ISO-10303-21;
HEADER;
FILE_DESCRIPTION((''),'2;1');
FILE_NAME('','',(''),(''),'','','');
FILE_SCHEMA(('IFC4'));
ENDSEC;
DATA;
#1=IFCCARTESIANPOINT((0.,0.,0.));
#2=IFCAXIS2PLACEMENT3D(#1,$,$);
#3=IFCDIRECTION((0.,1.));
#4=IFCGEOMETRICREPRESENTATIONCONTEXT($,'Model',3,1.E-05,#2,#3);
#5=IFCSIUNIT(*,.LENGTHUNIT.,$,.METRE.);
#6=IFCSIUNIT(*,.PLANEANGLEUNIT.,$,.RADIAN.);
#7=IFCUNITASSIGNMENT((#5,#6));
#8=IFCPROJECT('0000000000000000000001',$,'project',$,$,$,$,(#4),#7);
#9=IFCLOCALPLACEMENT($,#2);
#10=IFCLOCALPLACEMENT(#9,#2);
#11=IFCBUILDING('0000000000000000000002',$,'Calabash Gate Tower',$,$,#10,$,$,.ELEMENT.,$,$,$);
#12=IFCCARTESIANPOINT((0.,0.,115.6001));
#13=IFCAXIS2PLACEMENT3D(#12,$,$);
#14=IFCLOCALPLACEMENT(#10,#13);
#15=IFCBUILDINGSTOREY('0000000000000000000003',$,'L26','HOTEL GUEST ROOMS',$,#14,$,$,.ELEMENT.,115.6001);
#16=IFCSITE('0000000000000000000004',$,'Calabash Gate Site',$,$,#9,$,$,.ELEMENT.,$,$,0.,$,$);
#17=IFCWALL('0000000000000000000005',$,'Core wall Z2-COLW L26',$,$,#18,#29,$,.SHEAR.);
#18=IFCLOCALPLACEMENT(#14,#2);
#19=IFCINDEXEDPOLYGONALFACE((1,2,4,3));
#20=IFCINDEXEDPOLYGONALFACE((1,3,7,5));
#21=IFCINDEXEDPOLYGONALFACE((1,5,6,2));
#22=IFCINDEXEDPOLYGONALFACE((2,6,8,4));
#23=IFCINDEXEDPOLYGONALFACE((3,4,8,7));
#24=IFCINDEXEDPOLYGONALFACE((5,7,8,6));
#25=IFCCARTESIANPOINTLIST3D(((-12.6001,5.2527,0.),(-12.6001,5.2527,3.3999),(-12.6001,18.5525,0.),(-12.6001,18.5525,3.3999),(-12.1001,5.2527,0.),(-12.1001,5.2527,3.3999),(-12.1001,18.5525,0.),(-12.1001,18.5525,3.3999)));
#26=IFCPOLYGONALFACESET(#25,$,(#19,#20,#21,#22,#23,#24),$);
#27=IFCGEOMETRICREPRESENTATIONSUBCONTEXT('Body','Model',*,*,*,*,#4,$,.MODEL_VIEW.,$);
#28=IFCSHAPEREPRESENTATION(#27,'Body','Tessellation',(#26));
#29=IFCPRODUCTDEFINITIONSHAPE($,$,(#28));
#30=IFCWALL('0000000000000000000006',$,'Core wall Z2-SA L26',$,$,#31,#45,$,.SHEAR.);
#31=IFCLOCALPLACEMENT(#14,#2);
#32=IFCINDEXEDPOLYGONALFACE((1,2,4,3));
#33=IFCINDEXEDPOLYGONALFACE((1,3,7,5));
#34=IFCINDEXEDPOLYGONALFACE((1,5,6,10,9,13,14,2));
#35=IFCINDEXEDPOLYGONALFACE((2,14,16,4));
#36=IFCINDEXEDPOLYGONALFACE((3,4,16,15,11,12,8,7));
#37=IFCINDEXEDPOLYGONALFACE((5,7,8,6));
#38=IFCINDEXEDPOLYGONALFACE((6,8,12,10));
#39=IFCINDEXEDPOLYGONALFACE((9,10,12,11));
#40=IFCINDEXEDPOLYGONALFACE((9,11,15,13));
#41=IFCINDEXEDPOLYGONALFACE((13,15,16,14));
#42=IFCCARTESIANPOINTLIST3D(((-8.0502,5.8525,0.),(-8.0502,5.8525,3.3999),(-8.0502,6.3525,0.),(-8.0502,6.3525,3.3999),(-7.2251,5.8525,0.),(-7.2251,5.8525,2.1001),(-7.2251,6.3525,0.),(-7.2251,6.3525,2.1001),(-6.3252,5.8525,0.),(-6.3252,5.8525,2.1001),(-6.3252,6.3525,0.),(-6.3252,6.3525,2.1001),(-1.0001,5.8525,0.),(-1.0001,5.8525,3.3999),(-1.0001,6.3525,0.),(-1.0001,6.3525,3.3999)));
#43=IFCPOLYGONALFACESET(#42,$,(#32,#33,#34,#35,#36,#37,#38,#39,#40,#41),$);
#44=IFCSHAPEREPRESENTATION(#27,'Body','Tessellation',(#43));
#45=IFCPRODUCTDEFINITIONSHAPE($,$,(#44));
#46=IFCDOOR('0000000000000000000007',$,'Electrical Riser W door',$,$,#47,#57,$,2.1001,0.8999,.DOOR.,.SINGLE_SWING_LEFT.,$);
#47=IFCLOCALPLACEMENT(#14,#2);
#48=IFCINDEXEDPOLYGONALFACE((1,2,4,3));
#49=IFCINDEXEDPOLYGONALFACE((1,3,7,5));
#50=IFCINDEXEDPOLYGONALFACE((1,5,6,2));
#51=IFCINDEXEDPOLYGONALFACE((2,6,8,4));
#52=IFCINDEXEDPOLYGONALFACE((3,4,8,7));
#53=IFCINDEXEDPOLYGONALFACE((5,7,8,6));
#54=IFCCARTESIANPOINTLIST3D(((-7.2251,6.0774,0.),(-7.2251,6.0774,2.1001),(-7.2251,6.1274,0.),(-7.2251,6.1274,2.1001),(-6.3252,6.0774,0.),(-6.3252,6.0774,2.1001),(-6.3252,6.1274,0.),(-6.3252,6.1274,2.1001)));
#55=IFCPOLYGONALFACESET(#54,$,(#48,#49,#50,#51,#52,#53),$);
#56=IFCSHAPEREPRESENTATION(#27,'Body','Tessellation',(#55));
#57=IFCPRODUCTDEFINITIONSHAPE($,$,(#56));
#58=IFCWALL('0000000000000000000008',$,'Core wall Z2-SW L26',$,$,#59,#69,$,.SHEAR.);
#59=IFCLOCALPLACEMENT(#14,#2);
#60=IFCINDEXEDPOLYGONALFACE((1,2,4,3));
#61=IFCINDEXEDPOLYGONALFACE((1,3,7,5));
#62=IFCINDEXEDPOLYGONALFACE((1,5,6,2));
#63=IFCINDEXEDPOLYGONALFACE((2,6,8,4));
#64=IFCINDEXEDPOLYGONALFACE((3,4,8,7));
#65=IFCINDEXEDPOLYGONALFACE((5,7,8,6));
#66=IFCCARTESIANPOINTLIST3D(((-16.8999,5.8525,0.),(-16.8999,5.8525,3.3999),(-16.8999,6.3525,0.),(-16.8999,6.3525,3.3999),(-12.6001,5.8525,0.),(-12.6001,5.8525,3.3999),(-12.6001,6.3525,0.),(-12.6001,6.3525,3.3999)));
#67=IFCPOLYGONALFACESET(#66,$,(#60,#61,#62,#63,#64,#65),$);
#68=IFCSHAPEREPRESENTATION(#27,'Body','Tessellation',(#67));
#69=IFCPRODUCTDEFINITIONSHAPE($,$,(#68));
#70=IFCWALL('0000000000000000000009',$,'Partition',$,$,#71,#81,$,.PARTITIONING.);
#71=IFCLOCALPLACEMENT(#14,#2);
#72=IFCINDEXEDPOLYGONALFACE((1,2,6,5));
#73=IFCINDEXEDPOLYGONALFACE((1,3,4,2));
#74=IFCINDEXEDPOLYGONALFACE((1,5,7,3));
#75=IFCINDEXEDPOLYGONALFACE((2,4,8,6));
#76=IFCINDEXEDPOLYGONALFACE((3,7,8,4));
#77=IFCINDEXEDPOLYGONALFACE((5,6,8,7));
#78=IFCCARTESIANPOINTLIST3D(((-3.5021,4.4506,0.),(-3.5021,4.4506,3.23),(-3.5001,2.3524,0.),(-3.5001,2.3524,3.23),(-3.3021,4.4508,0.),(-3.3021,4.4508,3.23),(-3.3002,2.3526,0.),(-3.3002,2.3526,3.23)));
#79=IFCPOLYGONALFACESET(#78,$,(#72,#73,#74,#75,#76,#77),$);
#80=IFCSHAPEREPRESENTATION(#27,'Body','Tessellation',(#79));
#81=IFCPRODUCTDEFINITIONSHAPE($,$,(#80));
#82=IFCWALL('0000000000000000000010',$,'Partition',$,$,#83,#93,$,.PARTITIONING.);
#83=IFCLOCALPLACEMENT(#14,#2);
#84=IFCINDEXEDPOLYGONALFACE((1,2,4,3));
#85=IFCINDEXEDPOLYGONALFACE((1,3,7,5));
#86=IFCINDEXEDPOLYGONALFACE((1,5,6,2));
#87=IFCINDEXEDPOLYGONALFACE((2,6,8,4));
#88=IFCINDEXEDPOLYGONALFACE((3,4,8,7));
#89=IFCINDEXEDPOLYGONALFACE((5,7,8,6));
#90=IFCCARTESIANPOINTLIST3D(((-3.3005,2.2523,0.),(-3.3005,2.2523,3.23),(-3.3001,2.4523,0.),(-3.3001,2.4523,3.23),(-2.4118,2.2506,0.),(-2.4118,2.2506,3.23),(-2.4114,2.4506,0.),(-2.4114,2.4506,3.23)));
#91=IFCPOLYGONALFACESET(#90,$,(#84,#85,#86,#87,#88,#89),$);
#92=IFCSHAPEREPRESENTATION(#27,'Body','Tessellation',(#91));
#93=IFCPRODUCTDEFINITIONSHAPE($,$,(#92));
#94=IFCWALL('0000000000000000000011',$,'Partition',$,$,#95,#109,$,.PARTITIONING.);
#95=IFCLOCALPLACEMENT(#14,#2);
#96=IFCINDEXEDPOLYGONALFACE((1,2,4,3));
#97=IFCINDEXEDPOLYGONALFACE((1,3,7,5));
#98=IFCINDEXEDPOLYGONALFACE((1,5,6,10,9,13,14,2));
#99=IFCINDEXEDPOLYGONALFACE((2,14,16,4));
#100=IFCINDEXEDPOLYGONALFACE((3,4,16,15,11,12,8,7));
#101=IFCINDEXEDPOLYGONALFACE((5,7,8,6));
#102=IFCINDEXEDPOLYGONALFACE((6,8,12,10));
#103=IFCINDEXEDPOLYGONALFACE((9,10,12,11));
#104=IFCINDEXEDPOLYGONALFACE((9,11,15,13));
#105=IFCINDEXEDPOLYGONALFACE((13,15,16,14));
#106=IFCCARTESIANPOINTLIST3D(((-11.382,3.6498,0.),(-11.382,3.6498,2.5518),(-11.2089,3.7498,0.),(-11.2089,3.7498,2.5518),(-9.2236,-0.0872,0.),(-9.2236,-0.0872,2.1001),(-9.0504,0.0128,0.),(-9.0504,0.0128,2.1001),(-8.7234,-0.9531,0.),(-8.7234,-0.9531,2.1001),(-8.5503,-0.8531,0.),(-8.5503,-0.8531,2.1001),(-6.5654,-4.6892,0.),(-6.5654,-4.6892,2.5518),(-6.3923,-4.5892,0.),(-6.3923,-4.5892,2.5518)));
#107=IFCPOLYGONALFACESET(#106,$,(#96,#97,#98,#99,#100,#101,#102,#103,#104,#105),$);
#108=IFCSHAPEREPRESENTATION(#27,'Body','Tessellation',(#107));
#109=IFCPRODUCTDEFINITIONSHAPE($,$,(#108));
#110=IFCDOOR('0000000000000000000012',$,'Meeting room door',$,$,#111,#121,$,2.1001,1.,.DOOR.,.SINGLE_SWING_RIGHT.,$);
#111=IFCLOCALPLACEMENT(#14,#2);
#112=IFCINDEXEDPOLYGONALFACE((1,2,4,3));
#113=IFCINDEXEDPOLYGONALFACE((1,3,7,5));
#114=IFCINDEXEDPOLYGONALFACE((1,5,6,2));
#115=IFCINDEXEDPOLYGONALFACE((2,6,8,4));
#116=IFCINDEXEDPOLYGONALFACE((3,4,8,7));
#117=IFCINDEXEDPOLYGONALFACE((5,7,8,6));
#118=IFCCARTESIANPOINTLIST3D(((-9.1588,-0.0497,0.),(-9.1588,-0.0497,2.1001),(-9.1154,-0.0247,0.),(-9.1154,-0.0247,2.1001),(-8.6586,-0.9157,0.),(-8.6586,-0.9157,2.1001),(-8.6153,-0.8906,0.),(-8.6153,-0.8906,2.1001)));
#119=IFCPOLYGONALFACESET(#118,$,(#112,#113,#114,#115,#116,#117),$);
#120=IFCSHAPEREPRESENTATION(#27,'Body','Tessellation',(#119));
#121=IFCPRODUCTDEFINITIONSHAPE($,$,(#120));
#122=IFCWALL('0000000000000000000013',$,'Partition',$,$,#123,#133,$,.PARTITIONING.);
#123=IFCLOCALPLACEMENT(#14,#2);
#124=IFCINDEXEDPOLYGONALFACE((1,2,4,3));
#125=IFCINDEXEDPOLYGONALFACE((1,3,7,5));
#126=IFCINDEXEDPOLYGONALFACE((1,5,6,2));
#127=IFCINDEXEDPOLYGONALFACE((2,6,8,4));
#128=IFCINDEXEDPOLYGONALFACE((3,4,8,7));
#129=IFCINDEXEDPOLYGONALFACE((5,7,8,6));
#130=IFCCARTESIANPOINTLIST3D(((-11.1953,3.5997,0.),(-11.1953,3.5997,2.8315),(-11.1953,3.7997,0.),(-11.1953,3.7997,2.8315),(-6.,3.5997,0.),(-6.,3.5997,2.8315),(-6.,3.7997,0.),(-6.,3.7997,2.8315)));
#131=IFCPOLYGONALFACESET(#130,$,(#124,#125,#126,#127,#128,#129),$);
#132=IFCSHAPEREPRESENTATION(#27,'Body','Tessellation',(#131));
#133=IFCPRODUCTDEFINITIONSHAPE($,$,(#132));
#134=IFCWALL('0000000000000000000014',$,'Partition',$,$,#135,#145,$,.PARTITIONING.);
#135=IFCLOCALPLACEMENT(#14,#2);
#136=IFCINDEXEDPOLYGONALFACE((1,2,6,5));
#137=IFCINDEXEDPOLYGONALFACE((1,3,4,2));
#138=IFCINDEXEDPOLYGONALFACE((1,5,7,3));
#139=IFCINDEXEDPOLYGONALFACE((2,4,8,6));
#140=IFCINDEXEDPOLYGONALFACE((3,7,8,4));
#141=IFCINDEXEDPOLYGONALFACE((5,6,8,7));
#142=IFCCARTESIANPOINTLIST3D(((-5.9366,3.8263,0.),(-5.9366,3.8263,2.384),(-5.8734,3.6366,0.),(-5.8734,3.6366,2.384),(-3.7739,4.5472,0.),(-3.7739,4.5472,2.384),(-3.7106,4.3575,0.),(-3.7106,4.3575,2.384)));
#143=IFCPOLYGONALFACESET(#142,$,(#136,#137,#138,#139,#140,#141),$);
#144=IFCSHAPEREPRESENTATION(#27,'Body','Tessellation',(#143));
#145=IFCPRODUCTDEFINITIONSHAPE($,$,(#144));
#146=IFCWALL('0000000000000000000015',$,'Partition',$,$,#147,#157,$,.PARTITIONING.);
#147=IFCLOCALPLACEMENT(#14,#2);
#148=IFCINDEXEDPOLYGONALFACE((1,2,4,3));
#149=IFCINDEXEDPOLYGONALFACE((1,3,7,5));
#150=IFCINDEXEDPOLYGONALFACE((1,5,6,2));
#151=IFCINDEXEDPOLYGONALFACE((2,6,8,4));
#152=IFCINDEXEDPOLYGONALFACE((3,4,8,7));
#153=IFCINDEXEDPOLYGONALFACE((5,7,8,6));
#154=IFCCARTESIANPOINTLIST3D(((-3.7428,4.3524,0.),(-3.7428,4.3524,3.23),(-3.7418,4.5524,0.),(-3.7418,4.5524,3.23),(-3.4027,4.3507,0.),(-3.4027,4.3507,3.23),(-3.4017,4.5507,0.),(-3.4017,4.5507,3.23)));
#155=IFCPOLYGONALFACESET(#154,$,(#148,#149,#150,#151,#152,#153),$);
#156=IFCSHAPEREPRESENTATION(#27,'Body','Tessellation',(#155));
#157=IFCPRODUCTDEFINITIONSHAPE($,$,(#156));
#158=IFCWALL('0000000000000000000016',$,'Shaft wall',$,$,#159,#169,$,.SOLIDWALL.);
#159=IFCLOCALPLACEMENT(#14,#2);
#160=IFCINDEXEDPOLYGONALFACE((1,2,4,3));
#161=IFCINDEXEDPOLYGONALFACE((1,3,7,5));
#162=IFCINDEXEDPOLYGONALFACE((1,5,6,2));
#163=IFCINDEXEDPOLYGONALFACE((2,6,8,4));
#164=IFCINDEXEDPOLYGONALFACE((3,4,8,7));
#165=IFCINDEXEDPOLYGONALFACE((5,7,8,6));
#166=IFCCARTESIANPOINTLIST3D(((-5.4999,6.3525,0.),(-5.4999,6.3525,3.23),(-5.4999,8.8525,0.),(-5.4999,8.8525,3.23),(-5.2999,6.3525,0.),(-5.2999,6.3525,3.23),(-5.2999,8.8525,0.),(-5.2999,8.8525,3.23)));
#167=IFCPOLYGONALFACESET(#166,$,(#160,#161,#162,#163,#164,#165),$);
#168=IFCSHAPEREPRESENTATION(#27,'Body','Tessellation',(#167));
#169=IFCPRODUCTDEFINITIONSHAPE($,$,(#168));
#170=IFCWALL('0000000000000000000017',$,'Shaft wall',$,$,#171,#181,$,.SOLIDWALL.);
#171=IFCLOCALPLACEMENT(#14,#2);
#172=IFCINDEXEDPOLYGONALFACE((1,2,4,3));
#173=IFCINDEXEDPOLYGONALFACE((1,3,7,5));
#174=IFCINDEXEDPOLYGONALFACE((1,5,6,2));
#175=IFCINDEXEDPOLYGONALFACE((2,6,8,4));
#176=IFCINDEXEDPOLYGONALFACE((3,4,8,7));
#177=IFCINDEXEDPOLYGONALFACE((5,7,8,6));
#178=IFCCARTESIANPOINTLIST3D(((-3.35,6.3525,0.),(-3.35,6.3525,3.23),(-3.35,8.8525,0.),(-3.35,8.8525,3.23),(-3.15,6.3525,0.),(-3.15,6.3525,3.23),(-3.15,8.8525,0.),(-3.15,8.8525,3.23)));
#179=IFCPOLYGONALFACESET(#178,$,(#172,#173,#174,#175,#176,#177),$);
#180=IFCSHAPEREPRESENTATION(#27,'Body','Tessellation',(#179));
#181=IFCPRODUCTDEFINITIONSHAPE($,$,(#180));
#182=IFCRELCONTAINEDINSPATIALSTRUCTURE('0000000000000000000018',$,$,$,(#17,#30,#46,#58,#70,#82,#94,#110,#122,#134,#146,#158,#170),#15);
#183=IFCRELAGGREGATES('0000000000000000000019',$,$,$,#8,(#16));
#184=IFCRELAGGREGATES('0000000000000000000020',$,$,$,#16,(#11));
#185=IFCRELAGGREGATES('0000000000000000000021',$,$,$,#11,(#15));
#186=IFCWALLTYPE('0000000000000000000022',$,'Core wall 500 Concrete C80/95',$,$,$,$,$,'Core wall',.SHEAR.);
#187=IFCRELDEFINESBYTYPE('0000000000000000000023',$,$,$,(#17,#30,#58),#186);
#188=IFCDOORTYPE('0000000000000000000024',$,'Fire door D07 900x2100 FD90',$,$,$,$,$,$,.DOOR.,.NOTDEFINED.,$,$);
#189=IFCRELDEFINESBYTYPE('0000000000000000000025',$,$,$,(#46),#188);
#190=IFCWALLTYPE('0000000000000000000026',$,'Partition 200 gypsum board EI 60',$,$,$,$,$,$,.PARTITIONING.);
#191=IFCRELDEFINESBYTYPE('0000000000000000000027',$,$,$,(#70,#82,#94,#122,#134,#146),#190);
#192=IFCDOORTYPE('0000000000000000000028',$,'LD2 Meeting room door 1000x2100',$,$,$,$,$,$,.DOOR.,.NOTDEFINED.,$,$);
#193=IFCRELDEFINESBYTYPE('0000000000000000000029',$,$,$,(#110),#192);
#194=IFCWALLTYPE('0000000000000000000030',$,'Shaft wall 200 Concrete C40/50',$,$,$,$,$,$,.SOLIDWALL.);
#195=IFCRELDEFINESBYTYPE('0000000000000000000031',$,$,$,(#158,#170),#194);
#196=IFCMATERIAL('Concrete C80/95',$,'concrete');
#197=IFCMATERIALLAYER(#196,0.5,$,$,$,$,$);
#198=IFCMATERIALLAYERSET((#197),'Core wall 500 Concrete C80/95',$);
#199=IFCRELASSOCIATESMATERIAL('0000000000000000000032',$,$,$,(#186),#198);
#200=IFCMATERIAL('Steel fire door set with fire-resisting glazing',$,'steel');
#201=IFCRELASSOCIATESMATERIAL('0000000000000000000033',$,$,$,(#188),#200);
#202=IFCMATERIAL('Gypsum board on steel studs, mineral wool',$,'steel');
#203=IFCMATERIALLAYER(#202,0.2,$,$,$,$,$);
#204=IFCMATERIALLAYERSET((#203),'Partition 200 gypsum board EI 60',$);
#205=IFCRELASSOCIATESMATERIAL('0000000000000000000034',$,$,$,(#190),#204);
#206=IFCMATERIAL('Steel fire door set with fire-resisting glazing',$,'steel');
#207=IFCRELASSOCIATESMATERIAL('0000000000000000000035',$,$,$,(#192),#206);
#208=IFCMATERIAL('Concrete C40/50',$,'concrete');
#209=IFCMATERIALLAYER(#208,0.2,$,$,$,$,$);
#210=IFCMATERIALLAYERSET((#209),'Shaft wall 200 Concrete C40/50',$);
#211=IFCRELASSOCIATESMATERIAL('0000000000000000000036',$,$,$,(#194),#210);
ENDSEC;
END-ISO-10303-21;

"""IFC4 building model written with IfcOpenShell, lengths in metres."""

from ifc_helpers import new_model, si_unit, direction, frame, frame_2d, origin, place, context, subcontext, project, spatial, rectangle, extrude, material, layer, layer_set, type_object, element, fill, save


model = new_model("IFC4")

# Units and contexts
model_context = context("Model", 3, precision=1e-05, world=origin(), true_north=direction((0.0, 1.0)))
body_context = subcontext(model_context, "Body", "Model", "MODEL_VIEW")
ifc_project = project(units=[si_unit("LENGTHUNIT", "METRE"), si_unit("PLANEANGLEUNIT", "RADIAN")], contexts=[model_context])

# Site, building, storey
site_placement = place(None, origin())
site = spatial("IfcSite", under=ifc_project, at=site_placement, Name="Calabash Gate Site", CompositionType="ELEMENT", RefElevation=0.0)
building_placement = place(site_placement, origin())
building = spatial("IfcBuilding", under=site, at=building_placement, Name="Calabash Gate Tower", CompositionType="ELEMENT")
storey_placement = place(building_placement, frame((0.0, 0.0, 115.6001)))
storey = spatial("IfcBuildingStorey", under=building, at=storey_placement, Name="L26", Description="HOTEL GUEST ROOMS", CompositionType="ELEMENT", Elevation=115.6001)

# Wall
ifc_material_1 = material(Name="Concrete C80/95", Category="concrete")
ifc_layer_1 = layer(ifc_material_1, 0.5)
ifc_layer_set_1 = layer_set([ifc_layer_1], Name="Core wall 500 Concrete C80/95")
wall_type_1 = type_object("IfcWallType", Name="Core wall 500 Concrete C80/95", ElementType="Core wall", PredefinedType="SHEAR", material=ifc_layer_set_1)
wall_1_placement = place(storey_placement, frame((-12.3501, 5.2527, 0.0), z_axis=(0.0, 0.0, 1.0), x_axis=(0.0, 1.0, 0.0)))
element("IfcWall", 1, at=wall_1_placement, inside=storey, type_object=wall_type_1, Name="Core wall Z2-COLW L26", PredefinedType="SHEAR", context=body_context, shape_type="SweptSolid", body=[
    extrude(rectangle(XDim=13.2998, YDim=0.5, at=frame_2d((6.6499, 0.0))), origin(), (0.0, 0.0, 1.0), 3.3999),
])

# Wall, opening, door
wall_2_placement = place(storey_placement, frame((-8.05, 6.1025, 0.0), z_axis=(0.0, 0.0, 1.0), x_axis=(1.0, 0.0, 0.0)))
wall_2 = element("IfcWall", 2, at=wall_2_placement, inside=storey, type_object=wall_type_1, Name="Core wall Z2-SA L26", PredefinedType="SHEAR", context=body_context, shape_type="SweptSolid", body=[
    extrude(rectangle(XDim=7.05, YDim=0.5, at=frame_2d((3.5249, 0.0))), origin(), (0.0, 0.0, 1.0), 3.3999),
])
opening_1_placement = place(wall_2_placement, frame((0.825, 0.0, 0.0)))
opening_1 = element("IfcOpeningElement", 3, at=opening_1_placement, cuts=wall_2, PredefinedType="OPENING", context=body_context, shape_type="SweptSolid", body=[
    extrude(rectangle(XDim=0.8999, YDim=2.1001, at=frame_2d((0.45, 1.05))), frame((0.0, 0.26, 0.0), z_axis=(0.0, -1.0, 0.0), x_axis=(1.0, 0.0, 0.0)), (0.0, 0.0, 1.0), 0.52),
])
ifc_material_2 = material(Name="Steel fire door set with fire-resisting glazing", Category="steel")
door_type_1 = type_object("IfcDoorType", Name="Fire door D07 900x2100 FD90", OperationType="NOTDEFINED", PredefinedType="DOOR", material=ifc_material_2)
door_1_placement = place(opening_1_placement, origin())
door_1 = element("IfcDoor", 4, at=door_1_placement, inside=storey, type_object=door_type_1, Name="Electrical Riser W door", OperationType="SINGLE_SWING_LEFT", OverallHeight=2.1001, OverallWidth=0.8999, PredefinedType="DOOR", context=body_context, shape_type="SweptSolid", body=[
    extrude(rectangle(XDim=0.8999, YDim=2.1001, at=frame_2d((0.45, 1.05))), frame((0.0, 0.0249, 0.0), z_axis=(0.0, -1.0, 0.0), x_axis=(1.0, 0.0, 0.0)), (0.0, 0.0, 1.0), 0.05),
])
fill(opening_1, door_1)

# Walls
wall_3_placement = place(storey_placement, frame((-12.6001, 6.1025, 0.0), z_axis=(0.0, 0.0, 1.0), x_axis=(-1.0, 0.0, 0.0)))
element("IfcWall", 5, at=wall_3_placement, inside=storey, type_object=wall_type_1, Name="Core wall Z2-SW L26", PredefinedType="SHEAR", context=body_context, shape_type="SweptSolid", body=[
    extrude(rectangle(XDim=4.2998, YDim=0.5, at=frame_2d((2.1499, 0.0))), origin(), (0.0, 0.0, 1.0), 3.3999),
])
ifc_material_3 = material(Name="Gypsum board on steel studs, mineral wool", Category="steel")
ifc_layer_2 = layer(ifc_material_3, 0.2)
ifc_layer_set_2 = layer_set([ifc_layer_2], Name="Partition 200 gypsum board EI 60")
wall_type_2 = type_object("IfcWallType", Name="Partition 200 gypsum board EI 60", PredefinedType="PARTITIONING", material=ifc_layer_set_2)
wall_4_placement = place(storey_placement, frame((-3.4021, 4.4507, 0.0), z_axis=(0.0, 0.0, 1.0), x_axis=(0.000931, -1.0, 0.0)))
element("IfcWall", 6, at=wall_4_placement, inside=storey, type_object=wall_type_2, Name="Partition", PredefinedType="PARTITIONING", context=body_context, shape_type="SweptSolid", body=[
    extrude(rectangle(XDim=2.0981, YDim=0.2, at=frame_2d((1.0491, 0.0))), origin(), (0.0, 0.0, 1.0), 3.23),
])
wall_5_placement = place(storey_placement, frame((-3.3003, 2.3523, 0.0), z_axis=(0.0, 0.0, 1.0), x_axis=(0.999998, -0.001923, 0.0)))
element("IfcWall", 7, at=wall_5_placement, inside=storey, type_object=wall_type_2, Name="Partition", PredefinedType="PARTITIONING", context=body_context, shape_type="SweptSolid", body=[
    extrude(rectangle(XDim=0.8887, YDim=0.2, at=frame_2d((0.4443, 0.0))), origin(), (0.0, 0.0, 1.0), 3.23),
])

# Wall, opening, door
wall_6_placement = place(storey_placement, frame((-11.2954, 3.6997, 0.0), z_axis=(0.0, 0.0, 1.0), x_axis=(0.500161, -0.865933, 0.0)))
wall_6 = element("IfcWall", 8, at=wall_6_placement, inside=storey, type_object=wall_type_2, Name="Partition", PredefinedType="PARTITIONING", context=body_context, shape_type="SweptSolid", body=[
    extrude(rectangle(XDim=9.6301, YDim=0.2, at=frame_2d((4.8149, 0.0))), origin(), (0.0, 0.0, 1.0), 2.5518),
])
opening_2_placement = place(wall_6_placement, frame((4.3154, 0.0, 0.0)))
opening_2 = element("IfcOpeningElement", 9, at=opening_2_placement, cuts=wall_6, PredefinedType="OPENING", context=body_context, shape_type="SweptSolid", body=[
    extrude(rectangle(XDim=1.0, YDim=2.1001, at=frame_2d((0.5, 1.05))), frame((0.0, 0.1099, 0.0), z_axis=(0.0, -1.0, 0.0), x_axis=(1.0, 0.0, 0.0)), (0.0, 0.0, 1.0), 0.22),
])
ifc_material_4 = material(Name="Steel fire door set with fire-resisting glazing", Category="steel")
door_type_2 = type_object("IfcDoorType", Name="LD2 Meeting room door 1000x2100", OperationType="NOTDEFINED", PredefinedType="DOOR", material=ifc_material_4)
door_2_placement = place(opening_2_placement, origin())
door_2 = element("IfcDoor", 10, at=door_2_placement, inside=storey, type_object=door_type_2, Name="Meeting room door", OperationType="SINGLE_SWING_RIGHT", OverallHeight=2.1001, OverallWidth=1.0, PredefinedType="DOOR", context=body_context, shape_type="SweptSolid", body=[
    extrude(rectangle(XDim=1.0, YDim=2.1001, at=frame_2d((0.5, 1.05))), frame((0.0, 0.0249, 0.0), z_axis=(0.0, -1.0, 0.0), x_axis=(1.0, 0.0, 0.0)), (0.0, 0.0, 1.0), 0.05),
])
fill(opening_2, door_2)

# Walls
wall_7_placement = place(storey_placement, frame((-11.1953, 3.6997, 0.0), z_axis=(0.0, 0.0, 1.0), x_axis=(1.0, 0.0, 0.0)))
element("IfcWall", 11, at=wall_7_placement, inside=storey, type_object=wall_type_2, Name="Partition", PredefinedType="PARTITIONING", context=body_context, shape_type="SweptSolid", body=[
    extrude(rectangle(XDim=5.1953, YDim=0.2, at=frame_2d((2.5977, 0.0))), origin(), (0.0, 0.0, 1.0), 2.8315),
])
wall_8_placement = place(storey_placement, frame((-5.905, 3.7314, 0.0), z_axis=(0.0, 0.0, 1.0), x_axis=(0.948683, 0.316228, 0.0)))
element("IfcWall", 12, at=wall_8_placement, inside=storey, type_object=wall_type_2, Name="Partition", PredefinedType="PARTITIONING", context=body_context, shape_type="SweptSolid", body=[
    extrude(rectangle(XDim=2.2798, YDim=0.2, at=frame_2d((1.1399, 0.0))), origin(), (0.0, 0.0, 1.0), 2.384),
])
wall_9_placement = place(storey_placement, frame((-3.7422, 4.4524, 0.0), z_axis=(0.0, 0.0, 1.0), x_axis=(0.999987, -0.005025, 0.0)))
element("IfcWall", 13, at=wall_9_placement, inside=storey, type_object=wall_type_2, Name="Partition", PredefinedType="PARTITIONING", context=body_context, shape_type="SweptSolid", body=[
    extrude(rectangle(XDim=0.3401, YDim=0.2, at=frame_2d((0.1699, 0.0))), origin(), (0.0, 0.0, 1.0), 3.23),
])
ifc_material_5 = material(Name="Concrete C40/50", Category="concrete")
ifc_layer_3 = layer(ifc_material_5, 0.2)
ifc_layer_set_3 = layer_set([ifc_layer_3], Name="Shaft wall 200 Concrete C40/50")
wall_type_3 = type_object("IfcWallType", Name="Shaft wall 200 Concrete C40/50", PredefinedType="SOLIDWALL", material=ifc_layer_set_3)
for number, where, z_axis, x_axis, name in (
    (14, (-5.3999, 6.3525, 0.0), (0.0, 0.0, 1.0), (0.0, 1.0, 0.0), "Shaft wall"),
    (15, (-3.25, 6.3525, 0.0), (0.0, 0.0, 1.0), (0.0, 1.0, 0.0), "Shaft wall"),
):
    element("IfcWall", number, at=place(storey_placement, frame(where, z_axis=z_axis, x_axis=x_axis)), inside=storey, type_object=wall_type_3, Name=name, PredefinedType="SOLIDWALL", context=body_context, shape_type="SweptSolid", body=[
        extrude(rectangle(XDim=2.5, YDim=0.2, at=frame_2d((1.25, 0.0))), origin(), (0.0, 0.0, 1.0), 3.23),
    ])

save(model, "model.ifc")
